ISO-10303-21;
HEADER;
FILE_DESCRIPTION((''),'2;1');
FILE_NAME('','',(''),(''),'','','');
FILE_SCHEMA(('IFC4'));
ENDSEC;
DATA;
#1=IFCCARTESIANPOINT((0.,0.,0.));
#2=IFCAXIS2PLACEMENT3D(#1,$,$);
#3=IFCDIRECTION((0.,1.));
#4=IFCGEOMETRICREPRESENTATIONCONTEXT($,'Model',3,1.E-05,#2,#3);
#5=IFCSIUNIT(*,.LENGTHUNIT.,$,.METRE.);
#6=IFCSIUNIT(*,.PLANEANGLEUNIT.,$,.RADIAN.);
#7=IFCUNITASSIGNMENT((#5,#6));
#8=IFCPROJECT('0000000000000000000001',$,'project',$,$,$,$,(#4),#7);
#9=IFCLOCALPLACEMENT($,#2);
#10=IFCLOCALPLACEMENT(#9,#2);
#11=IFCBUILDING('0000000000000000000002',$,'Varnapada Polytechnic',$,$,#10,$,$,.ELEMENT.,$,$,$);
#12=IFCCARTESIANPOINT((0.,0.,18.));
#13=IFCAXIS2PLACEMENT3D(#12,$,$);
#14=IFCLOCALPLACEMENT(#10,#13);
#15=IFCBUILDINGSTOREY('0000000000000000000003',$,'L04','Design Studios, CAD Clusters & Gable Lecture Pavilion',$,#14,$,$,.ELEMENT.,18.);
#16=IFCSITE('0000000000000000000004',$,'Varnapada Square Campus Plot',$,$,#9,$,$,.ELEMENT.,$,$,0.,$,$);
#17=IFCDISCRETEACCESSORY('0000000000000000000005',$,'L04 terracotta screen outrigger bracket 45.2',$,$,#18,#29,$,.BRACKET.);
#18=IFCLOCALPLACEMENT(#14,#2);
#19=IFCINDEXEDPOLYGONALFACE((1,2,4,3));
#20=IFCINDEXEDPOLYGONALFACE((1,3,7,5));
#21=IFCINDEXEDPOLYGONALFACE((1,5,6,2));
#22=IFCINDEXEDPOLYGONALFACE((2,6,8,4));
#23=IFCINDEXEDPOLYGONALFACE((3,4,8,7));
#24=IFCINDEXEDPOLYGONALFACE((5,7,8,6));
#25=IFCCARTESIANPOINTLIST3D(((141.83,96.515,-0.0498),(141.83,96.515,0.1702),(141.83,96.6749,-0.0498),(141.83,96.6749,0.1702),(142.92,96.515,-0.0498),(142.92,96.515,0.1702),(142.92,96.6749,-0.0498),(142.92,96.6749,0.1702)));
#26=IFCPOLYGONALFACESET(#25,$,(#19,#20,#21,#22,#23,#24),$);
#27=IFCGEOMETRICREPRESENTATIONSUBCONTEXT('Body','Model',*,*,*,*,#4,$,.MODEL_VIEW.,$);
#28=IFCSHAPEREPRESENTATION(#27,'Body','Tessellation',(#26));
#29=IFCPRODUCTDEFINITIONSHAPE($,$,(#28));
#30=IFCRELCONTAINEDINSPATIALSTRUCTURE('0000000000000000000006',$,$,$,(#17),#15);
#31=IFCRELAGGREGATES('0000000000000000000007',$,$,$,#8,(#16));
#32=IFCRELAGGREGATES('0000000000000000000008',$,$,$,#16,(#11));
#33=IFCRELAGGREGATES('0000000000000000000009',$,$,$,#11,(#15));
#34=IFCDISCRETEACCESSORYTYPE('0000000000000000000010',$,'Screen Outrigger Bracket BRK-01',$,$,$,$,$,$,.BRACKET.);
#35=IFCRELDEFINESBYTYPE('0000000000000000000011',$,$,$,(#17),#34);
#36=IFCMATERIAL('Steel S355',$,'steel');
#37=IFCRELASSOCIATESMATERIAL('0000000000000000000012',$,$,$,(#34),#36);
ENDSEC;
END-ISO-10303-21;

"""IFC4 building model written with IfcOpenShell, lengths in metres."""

from ifc_helpers import new_model, si_unit, direction, frame, origin, origin_2d, place, context, subcontext, project, spatial, rectangle, extrude, material, type_object, element, save


model = new_model("IFC4")

# Units and contexts
model_context = context("Model", 3, precision=1e-05, world=origin(), true_north=direction((0.0, 1.0)))
body_context = subcontext(model_context, "Body", "Model", "MODEL_VIEW")
ifc_project = project(units=[si_unit("LENGTHUNIT", "METRE"), si_unit("PLANEANGLEUNIT", "RADIAN")], contexts=[model_context])

# Site, building, storey
site_placement = place(None, origin())
site = spatial("IfcSite", under=ifc_project, at=site_placement, Name="Varnapada Square Campus Plot", CompositionType="ELEMENT", RefElevation=0.0)
building_placement = place(site_placement, origin())
building = spatial("IfcBuilding", under=site, at=building_placement, Name="Varnapada Polytechnic", CompositionType="ELEMENT")
storey_placement = place(building_placement, frame((0.0, 0.0, 18.0)))
storey = spatial("IfcBuildingStorey", under=building, at=storey_placement, Name="L04", Description="Design Studios, CAD Clusters & Gable Lecture Pavilion", CompositionType="ELEMENT", Elevation=18.0)

# Shared definitions
ifc_material_1 = material(Name="Steel S355", Category="steel")

# Discrete accessory
discrete_accessory_type = type_object("IfcDiscreteAccessoryType", Name="Screen Outrigger Bracket BRK-01", PredefinedType="BRACKET", material=ifc_material_1)
for number, where, z_axis, x_axis, name in (
    (1, (142.375, 96.595, -0.0498), (0.0, 0.0, 1.0), (0.0, 1.0, 0.0), "L04 terracotta screen outrigger bracket 45.2"),
):
    element("IfcDiscreteAccessory", number, at=place(storey_placement, frame(where, z_axis=z_axis, x_axis=x_axis)), inside=storey, type_object=discrete_accessory_type, Name=name, PredefinedType="BRACKET", context=body_context, shape_type="SweptSolid", body=[
        extrude(rectangle(XDim=0.1599, YDim=1.0901, at=origin_2d()), origin(), (0.0, 0.0, 1.0), 0.22),
    ])

save(model, "model.ifc")
